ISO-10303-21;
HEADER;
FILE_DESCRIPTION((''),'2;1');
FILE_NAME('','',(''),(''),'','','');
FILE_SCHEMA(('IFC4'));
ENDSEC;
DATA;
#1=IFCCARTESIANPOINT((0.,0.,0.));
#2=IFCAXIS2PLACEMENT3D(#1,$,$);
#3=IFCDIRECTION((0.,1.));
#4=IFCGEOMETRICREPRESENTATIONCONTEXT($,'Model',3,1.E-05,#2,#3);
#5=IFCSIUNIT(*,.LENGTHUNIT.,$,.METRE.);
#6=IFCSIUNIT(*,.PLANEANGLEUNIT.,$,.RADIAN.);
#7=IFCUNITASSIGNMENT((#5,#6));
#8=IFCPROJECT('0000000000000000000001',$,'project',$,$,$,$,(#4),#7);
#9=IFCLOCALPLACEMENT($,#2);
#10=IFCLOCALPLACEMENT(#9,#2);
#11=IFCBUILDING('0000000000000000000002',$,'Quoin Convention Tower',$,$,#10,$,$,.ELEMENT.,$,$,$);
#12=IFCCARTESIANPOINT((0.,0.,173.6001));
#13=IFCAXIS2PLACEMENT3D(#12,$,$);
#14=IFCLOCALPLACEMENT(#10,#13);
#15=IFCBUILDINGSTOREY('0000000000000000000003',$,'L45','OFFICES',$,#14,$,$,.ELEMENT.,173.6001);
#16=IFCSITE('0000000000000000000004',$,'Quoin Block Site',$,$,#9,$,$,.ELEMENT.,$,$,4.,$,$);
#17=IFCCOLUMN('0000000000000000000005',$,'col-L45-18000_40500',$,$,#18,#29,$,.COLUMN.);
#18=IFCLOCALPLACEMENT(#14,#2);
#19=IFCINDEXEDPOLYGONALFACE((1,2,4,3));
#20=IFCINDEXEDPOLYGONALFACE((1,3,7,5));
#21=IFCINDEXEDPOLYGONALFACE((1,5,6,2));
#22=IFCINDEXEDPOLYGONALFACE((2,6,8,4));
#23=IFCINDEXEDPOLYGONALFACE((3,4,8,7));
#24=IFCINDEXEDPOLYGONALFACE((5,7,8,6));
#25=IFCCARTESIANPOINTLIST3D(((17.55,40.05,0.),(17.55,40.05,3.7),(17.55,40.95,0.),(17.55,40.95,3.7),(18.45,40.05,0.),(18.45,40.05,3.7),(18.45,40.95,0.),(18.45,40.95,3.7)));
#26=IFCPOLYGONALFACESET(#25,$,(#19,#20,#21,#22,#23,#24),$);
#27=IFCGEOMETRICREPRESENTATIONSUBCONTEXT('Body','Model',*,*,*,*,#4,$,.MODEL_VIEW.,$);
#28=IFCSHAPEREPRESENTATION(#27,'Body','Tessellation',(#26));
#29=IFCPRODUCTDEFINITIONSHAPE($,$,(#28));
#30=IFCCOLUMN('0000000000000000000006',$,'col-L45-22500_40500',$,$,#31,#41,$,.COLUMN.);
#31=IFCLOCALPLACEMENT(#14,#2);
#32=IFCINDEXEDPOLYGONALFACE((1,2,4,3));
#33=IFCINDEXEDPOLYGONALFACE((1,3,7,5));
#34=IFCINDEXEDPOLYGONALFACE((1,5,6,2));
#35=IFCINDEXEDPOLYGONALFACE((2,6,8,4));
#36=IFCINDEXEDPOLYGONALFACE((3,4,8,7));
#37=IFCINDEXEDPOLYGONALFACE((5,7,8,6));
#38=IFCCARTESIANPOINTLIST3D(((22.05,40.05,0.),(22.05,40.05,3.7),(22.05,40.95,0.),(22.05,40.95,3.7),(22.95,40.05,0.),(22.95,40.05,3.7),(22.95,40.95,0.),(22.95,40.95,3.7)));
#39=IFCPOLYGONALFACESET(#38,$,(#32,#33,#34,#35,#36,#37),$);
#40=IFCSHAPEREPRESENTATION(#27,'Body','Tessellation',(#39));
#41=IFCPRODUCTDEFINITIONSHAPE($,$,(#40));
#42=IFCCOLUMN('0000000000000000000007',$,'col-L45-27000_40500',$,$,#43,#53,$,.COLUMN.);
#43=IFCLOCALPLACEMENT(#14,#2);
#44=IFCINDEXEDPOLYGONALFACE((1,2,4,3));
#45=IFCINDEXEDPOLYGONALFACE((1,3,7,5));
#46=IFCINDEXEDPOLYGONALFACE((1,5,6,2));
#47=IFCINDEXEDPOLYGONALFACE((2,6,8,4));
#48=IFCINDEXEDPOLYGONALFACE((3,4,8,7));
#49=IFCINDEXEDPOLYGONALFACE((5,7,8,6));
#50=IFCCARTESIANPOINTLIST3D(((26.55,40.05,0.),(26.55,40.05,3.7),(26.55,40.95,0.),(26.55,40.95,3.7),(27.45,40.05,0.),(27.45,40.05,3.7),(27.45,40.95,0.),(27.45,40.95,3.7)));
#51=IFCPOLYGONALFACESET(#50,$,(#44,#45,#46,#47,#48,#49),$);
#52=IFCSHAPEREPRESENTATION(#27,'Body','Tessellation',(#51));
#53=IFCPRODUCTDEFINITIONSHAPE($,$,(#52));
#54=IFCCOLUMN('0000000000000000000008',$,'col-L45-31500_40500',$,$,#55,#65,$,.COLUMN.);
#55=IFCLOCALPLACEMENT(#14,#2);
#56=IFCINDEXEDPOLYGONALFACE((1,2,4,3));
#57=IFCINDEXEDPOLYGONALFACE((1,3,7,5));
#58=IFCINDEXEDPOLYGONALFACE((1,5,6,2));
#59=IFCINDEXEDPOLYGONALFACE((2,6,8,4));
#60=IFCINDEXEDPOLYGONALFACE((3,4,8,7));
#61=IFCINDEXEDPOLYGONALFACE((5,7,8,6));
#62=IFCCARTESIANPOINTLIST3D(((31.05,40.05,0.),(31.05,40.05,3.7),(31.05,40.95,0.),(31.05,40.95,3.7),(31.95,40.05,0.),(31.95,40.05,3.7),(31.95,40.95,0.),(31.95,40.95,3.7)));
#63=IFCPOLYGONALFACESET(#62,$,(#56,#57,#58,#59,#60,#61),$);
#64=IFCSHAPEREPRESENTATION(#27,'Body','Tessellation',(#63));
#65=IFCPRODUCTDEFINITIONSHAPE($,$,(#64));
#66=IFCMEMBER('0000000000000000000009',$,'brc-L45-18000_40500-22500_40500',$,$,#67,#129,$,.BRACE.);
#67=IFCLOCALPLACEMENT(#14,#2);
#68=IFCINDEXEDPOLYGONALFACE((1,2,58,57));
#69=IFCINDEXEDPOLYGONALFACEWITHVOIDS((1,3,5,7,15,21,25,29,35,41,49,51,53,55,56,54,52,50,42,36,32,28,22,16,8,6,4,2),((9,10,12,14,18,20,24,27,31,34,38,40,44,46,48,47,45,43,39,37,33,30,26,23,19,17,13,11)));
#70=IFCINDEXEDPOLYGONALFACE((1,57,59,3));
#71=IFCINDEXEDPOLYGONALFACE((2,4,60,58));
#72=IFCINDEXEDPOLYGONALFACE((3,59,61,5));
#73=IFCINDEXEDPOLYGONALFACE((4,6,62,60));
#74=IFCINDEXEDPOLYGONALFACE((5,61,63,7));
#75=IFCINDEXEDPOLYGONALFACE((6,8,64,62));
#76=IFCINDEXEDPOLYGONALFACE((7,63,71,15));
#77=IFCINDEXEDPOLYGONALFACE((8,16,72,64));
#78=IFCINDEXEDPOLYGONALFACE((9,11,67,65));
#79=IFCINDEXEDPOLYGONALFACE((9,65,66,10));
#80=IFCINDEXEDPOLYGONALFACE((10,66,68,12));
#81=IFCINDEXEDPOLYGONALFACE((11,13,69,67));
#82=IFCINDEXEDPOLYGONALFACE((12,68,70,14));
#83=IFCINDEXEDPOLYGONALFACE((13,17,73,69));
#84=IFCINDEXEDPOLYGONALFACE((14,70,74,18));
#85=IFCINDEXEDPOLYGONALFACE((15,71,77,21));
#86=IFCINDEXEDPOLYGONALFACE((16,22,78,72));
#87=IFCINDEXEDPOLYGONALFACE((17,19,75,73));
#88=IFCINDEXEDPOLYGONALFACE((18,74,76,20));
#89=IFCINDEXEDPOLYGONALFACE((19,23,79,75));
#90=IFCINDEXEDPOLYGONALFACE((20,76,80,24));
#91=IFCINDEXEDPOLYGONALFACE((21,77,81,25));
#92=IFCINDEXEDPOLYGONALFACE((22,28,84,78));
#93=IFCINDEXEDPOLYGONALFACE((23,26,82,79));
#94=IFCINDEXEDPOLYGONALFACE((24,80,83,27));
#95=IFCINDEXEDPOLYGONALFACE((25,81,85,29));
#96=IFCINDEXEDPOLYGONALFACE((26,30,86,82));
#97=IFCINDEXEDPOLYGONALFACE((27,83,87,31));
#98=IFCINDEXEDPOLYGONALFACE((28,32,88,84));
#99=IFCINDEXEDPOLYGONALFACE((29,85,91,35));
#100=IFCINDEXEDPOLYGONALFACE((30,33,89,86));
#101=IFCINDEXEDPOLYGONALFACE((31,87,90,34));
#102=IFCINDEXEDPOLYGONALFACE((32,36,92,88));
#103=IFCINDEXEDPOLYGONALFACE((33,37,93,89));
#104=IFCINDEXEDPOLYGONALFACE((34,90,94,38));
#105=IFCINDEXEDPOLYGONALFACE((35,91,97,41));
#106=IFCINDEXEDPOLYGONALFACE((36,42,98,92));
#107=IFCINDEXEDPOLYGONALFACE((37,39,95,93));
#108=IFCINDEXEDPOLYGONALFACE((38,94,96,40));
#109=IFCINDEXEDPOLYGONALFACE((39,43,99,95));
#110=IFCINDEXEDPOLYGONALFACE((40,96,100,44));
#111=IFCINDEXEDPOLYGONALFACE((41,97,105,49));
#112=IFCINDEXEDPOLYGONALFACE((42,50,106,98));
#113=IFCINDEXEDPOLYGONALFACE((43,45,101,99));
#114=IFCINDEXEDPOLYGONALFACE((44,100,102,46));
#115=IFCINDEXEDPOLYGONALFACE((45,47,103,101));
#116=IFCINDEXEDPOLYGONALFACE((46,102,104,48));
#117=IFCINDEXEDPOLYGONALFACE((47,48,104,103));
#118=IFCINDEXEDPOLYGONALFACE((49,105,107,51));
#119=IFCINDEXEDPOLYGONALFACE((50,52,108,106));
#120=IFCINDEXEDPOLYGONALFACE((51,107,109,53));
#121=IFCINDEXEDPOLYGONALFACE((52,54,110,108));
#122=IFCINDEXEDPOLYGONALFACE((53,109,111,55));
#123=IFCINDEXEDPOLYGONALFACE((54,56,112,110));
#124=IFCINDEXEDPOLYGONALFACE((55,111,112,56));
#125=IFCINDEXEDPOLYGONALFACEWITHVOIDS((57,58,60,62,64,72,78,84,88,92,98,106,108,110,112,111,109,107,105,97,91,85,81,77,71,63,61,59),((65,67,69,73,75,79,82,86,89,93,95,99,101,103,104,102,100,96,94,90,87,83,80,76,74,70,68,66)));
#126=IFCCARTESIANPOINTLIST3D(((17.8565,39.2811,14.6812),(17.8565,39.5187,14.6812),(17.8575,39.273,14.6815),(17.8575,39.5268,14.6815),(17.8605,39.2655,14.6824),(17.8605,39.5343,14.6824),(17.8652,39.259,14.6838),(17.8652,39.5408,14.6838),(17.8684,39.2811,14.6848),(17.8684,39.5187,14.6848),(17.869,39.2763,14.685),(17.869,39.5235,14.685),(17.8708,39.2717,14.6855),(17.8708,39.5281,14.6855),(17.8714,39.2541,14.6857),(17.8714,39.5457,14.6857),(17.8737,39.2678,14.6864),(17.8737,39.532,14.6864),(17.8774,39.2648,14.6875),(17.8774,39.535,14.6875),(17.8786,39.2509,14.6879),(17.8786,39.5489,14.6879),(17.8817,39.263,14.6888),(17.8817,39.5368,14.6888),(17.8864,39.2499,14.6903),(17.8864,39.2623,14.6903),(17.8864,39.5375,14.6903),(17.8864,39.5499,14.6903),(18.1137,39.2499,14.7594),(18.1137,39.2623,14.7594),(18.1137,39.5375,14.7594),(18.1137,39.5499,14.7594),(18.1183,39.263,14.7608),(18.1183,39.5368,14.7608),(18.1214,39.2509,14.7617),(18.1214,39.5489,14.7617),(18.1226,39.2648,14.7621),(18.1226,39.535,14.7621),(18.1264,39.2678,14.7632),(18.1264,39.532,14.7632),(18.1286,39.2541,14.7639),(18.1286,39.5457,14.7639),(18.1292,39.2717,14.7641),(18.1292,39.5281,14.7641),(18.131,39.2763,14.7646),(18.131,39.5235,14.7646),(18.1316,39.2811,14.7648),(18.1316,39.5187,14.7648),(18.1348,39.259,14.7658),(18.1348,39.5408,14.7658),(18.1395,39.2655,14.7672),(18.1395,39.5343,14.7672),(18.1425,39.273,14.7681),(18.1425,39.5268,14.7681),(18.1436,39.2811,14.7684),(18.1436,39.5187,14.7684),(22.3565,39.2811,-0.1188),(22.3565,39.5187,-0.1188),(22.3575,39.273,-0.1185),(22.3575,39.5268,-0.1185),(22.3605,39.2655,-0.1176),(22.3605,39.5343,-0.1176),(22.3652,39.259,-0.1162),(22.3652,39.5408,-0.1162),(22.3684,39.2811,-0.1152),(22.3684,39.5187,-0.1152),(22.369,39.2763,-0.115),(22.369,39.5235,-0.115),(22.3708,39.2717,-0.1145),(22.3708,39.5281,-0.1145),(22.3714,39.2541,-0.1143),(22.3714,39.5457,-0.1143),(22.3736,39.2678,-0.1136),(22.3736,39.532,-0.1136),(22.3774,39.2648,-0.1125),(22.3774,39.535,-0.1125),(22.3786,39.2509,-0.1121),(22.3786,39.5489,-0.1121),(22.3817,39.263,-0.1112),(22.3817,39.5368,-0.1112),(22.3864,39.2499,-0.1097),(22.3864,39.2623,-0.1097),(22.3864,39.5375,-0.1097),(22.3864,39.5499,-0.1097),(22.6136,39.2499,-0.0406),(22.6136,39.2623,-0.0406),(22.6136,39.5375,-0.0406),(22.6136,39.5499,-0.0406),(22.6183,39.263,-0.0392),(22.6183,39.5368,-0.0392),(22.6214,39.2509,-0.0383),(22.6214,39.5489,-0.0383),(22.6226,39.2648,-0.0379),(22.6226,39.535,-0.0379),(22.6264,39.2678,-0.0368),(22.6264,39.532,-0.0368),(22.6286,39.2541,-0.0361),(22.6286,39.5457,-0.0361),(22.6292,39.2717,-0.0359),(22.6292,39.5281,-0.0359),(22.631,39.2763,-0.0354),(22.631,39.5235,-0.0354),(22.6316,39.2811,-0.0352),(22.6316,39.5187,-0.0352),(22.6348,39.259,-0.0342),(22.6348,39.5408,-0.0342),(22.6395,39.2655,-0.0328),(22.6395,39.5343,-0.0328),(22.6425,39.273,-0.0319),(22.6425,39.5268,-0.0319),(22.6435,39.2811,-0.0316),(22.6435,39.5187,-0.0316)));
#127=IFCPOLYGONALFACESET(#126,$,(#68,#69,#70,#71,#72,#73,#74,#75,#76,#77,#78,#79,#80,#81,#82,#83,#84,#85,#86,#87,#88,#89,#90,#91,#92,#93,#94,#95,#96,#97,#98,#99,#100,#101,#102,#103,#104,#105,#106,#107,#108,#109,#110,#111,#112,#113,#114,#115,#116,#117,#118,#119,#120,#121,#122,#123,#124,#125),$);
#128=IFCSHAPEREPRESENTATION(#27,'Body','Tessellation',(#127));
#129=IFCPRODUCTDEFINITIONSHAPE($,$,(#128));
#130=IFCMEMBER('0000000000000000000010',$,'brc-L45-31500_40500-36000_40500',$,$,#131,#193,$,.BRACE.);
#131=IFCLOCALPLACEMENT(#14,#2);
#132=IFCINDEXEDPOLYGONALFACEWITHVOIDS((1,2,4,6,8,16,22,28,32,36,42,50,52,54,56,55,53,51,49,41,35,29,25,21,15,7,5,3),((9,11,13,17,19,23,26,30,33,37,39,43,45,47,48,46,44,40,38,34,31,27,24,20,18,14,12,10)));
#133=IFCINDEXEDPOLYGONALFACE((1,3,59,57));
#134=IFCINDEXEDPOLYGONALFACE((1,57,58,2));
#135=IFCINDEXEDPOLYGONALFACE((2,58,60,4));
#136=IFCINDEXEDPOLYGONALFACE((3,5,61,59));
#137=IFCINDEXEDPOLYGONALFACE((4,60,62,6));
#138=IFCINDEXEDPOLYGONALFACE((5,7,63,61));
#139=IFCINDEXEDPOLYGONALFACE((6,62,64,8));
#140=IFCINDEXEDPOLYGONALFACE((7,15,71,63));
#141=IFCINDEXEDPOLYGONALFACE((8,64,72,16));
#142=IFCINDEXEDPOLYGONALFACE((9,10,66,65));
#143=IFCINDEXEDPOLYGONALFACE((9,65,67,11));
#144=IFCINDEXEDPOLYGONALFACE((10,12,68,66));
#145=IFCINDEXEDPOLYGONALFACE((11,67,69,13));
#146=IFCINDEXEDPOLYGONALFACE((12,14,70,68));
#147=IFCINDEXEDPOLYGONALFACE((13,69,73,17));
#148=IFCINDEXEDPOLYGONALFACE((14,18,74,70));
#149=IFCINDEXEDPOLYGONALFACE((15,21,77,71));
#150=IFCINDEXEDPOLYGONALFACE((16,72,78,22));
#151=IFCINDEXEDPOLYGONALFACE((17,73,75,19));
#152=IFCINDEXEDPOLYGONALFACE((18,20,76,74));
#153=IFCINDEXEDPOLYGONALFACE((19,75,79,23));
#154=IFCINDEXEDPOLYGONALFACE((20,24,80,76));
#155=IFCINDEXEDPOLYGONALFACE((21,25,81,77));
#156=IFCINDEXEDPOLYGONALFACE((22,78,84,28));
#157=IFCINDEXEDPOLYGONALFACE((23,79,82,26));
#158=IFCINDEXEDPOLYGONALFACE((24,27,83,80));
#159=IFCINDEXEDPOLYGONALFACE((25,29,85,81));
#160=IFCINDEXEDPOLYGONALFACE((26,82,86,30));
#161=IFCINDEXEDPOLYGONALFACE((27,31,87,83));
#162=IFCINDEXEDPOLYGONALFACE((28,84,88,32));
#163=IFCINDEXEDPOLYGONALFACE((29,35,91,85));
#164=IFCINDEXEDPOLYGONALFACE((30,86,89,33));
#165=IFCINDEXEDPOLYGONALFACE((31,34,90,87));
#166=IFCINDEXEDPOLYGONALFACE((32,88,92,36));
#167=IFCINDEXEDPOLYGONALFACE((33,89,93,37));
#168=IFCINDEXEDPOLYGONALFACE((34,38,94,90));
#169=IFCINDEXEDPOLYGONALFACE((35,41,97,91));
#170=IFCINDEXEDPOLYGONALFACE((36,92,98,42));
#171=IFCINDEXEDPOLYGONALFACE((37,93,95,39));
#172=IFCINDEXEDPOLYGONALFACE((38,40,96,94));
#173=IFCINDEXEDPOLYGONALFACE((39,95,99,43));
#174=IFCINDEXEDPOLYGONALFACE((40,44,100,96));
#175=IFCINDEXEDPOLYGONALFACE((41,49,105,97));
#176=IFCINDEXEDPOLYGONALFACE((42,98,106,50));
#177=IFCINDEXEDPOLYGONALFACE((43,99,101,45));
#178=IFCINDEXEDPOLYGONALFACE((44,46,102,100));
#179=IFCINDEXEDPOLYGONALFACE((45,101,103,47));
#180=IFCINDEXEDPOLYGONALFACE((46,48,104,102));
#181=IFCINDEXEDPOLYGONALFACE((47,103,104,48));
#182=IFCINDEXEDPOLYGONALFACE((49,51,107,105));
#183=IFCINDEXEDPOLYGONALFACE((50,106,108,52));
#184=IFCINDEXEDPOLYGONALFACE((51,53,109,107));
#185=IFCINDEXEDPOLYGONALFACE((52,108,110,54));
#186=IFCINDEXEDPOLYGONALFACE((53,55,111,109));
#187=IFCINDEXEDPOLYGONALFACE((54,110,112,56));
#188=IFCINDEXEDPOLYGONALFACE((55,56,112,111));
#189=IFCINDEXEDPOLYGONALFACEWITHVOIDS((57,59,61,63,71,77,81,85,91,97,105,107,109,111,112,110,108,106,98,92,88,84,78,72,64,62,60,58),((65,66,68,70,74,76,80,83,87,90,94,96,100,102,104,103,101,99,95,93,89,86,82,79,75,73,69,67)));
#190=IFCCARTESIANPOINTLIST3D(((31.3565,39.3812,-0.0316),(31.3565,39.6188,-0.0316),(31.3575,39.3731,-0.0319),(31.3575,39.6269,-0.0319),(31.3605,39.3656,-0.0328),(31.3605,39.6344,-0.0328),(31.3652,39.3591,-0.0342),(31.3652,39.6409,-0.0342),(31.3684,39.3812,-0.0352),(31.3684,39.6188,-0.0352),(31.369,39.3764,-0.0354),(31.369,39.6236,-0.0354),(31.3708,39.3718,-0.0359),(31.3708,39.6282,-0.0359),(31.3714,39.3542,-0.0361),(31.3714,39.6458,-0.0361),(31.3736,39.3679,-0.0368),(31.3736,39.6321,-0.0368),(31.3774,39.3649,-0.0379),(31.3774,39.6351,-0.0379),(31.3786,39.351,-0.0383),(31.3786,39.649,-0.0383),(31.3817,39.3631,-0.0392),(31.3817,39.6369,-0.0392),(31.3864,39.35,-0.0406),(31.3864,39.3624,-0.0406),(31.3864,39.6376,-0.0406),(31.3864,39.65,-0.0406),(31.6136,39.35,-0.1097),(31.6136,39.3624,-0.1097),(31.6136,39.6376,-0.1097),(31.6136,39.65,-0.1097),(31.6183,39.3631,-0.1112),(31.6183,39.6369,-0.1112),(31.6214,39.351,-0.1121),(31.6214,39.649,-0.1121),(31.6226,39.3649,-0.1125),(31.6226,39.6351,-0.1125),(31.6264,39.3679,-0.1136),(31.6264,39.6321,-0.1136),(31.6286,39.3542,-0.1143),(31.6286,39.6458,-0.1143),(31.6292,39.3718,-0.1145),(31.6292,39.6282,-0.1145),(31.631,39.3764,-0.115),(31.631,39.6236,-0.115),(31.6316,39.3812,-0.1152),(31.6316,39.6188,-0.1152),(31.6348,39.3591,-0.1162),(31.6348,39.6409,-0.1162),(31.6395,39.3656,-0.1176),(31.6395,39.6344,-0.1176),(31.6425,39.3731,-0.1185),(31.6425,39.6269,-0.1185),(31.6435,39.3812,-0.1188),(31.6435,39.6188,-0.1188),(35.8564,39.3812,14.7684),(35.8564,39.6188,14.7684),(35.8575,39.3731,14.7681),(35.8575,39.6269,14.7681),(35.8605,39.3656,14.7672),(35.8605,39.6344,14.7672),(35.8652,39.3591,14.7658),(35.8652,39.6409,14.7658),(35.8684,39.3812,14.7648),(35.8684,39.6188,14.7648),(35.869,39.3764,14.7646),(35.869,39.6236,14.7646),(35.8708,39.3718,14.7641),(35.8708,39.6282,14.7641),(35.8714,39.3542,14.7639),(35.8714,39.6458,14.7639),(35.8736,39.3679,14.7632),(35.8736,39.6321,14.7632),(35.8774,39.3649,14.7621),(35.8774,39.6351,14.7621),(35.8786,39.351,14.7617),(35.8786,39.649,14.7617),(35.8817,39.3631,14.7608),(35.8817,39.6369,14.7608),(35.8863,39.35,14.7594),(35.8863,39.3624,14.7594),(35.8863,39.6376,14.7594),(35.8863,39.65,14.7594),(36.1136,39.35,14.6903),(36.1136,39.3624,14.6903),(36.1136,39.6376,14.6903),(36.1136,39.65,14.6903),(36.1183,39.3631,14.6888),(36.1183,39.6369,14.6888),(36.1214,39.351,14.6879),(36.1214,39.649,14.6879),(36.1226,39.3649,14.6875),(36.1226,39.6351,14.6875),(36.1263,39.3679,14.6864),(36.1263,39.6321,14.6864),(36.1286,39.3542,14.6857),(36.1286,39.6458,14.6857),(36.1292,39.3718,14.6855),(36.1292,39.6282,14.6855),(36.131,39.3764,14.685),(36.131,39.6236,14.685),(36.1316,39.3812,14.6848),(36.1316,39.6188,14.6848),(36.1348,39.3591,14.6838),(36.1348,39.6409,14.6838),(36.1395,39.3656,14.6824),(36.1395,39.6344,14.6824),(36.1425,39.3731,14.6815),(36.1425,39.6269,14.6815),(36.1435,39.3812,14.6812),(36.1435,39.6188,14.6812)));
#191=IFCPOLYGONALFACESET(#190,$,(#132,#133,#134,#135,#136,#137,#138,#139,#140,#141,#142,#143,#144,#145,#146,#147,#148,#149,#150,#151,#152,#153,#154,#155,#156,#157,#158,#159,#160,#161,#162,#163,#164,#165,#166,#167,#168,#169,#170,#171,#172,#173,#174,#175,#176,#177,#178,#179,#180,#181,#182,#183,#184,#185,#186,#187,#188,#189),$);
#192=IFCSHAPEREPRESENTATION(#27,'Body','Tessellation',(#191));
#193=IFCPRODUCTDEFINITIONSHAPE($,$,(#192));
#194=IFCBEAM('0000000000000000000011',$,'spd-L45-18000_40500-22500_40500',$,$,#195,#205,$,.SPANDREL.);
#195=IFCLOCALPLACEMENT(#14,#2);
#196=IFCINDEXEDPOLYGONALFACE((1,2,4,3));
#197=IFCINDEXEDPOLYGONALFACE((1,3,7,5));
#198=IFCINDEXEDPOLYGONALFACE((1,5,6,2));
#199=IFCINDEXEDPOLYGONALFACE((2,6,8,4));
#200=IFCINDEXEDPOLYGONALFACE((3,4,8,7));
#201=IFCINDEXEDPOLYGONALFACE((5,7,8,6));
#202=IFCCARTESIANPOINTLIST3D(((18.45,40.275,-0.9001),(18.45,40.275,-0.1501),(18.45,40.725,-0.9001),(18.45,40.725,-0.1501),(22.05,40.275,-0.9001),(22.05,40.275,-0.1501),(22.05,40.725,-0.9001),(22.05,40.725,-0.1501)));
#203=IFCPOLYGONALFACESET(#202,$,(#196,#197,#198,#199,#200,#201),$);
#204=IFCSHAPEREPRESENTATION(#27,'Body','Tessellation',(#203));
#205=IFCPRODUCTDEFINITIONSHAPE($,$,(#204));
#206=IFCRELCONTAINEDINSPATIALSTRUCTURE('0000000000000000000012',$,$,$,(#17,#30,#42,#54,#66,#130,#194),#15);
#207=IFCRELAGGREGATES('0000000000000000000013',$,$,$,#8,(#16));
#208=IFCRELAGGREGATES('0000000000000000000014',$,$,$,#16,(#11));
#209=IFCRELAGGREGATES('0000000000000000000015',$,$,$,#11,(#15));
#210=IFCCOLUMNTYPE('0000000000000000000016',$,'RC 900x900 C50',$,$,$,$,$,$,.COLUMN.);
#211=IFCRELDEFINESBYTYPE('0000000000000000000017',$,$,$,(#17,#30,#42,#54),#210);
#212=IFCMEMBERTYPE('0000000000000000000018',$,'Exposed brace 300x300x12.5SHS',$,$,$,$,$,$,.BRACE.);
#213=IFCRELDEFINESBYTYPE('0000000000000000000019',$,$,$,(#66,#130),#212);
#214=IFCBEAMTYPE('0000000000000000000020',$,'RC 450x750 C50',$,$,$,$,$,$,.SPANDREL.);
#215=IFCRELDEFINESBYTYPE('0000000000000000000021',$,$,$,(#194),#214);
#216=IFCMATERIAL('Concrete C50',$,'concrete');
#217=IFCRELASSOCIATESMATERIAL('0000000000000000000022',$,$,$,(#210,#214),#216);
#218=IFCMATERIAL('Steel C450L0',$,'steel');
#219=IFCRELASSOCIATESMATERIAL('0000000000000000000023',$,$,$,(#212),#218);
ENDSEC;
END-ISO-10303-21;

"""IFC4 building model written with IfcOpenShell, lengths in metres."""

from ifc_helpers import new_model, si_unit, direction, frame, origin, origin_2d, place, context, subcontext, project, spatial, rectangle, hollow_rectangle, extrude, material, material_profile, profile_set, type_object, element, save


model = new_model("IFC4")

# Units and contexts
model_context = context("Model", 3, precision=1e-05, world=origin(), true_north=direction((0.0, 1.0)))
body_context = subcontext(model_context, "Body", "Model", "MODEL_VIEW")
ifc_project = project(units=[si_unit("LENGTHUNIT", "METRE"), si_unit("PLANEANGLEUNIT", "RADIAN")], contexts=[model_context])

# Site, building, storey
site_placement = place(None, origin())
site = spatial("IfcSite", under=ifc_project, at=site_placement, Name="Quoin Block Site", CompositionType="ELEMENT", RefElevation=4.0)
building_placement = place(site_placement, origin())
building = spatial("IfcBuilding", under=site, at=building_placement, Name="Quoin Convention Tower", CompositionType="ELEMENT")
storey_placement = place(building_placement, frame((0.0, 0.0, 173.6001)))
storey = spatial("IfcBuildingStorey", under=building, at=storey_placement, Name="L45", Description="OFFICES", CompositionType="ELEMENT", Elevation=173.6001)

# Columns
ifc_material_1 = material(Name="Concrete C50", Category="concrete")
ifc_material_profile_1 = material_profile(ifc_material_1, rectangle(XDim=0.8999, YDim=0.8999, at=origin_2d()), Name="RC 900x900")
ifc_profile_set_1 = profile_set([ifc_material_profile_1], Name="Concrete C50")
column_type = type_object("IfcColumnType", Name="RC 900x900 C50", PredefinedType="COLUMN", material=ifc_profile_set_1)
for number, where, z_axis, x_axis, name in (
    (1, (18.0, 40.5, 0.0), (0.0, 0.0, 1.0), (1.0, 0.0, 0.0), "col-L45-18000_40500"),
    (2, (22.5, 40.5, 0.0), (0.0, 0.0, 1.0), (1.0, 0.0, 0.0), "col-L45-22500_40500"),
    (3, (27.0, 40.5, 0.0), (0.0, 0.0, 1.0), (1.0, 0.0, 0.0), "col-L45-27000_40500"),
    (4, (31.5, 40.5, 0.0), (0.0, 0.0, 1.0), (1.0, 0.0, 0.0), "col-L45-31500_40500"),
):
    element("IfcColumn", number, at=place(storey_placement, frame(where, z_axis=z_axis, x_axis=x_axis)), inside=storey, type_object=column_type, Name=name, PredefinedType="COLUMN", context=body_context, shape_type="SweptSolid", body=[
        extrude(rectangle(XDim=0.8999, YDim=0.8999, at=origin_2d()), origin(), (0.0, 0.0, 1.0), 3.7),
    ])

# Members
ifc_material_2 = material(Name="Steel C450L0", Category="steel")
ifc_material_profile_2 = material_profile(ifc_material_2, hollow_rectangle(XDim=0.3, YDim=0.3, WallThickness=0.0125, InnerFilletRadius=0.0188, OuterFilletRadius=0.0312, at=origin_2d()), Name="300x300x12.5SHS")
ifc_profile_set_2 = profile_set([ifc_material_profile_2], Name="Steel C450L0")
member_type = type_object("IfcMemberType", Name="Exposed brace 300x300x12.5SHS", PredefinedType="BRACE", material=ifc_profile_set_2)
for number, where, z_axis, x_axis, name in (
    (5, (22.5, 39.3999, -0.0752), (-0.290903, 0.0, 0.956752), (0.0, -1.0, 0.0), "brc-L45-18000_40500-22500_40500"),
    (6, (31.5, 39.5, -0.0752), (0.290903, 0.0, 0.956752), (0.0, 1.0, 0.0), "brc-L45-31500_40500-36000_40500"),
):
    element("IfcMember", number, at=place(storey_placement, frame(where, z_axis=z_axis, x_axis=x_axis)), inside=storey, type_object=member_type, Name=name, PredefinedType="BRACE", context=body_context, shape_type="SweptSolid", body=[
        extrude(hollow_rectangle(XDim=0.3, YDim=0.3, WallThickness=0.0125, InnerFilletRadius=0.0188, OuterFilletRadius=0.0312, at=origin_2d()), origin(), (0.0, 0.0, 1.0), 15.469),
    ])

# Beam
ifc_material_profile_3 = material_profile(ifc_material_1, rectangle(XDim=0.45, YDim=0.75, at=origin_2d()), Name="RC 450x750")
ifc_profile_set_3 = profile_set([ifc_material_profile_3], Name="Concrete C50")
beam_type = type_object("IfcBeamType", Name="RC 450x750 C50", PredefinedType="SPANDREL", material=ifc_profile_set_3)
for number, where, z_axis, x_axis, name in (
    (7, (18.45, 40.5, -0.5251), (1.0, 0.0, 0.0), (0.0, 1.0, 0.0), "spd-L45-18000_40500-22500_40500"),
):
    element("IfcBeam", number, at=place(storey_placement, frame(where, z_axis=z_axis, x_axis=x_axis)), inside=storey, type_object=beam_type, Name=name, PredefinedType="SPANDREL", context=body_context, shape_type="SweptSolid", body=[
        extrude(rectangle(XDim=0.45, YDim=0.75, at=origin_2d()), origin(), (0.0, 0.0, 1.0), 3.6001),
    ])

save(model, "model.ifc")
